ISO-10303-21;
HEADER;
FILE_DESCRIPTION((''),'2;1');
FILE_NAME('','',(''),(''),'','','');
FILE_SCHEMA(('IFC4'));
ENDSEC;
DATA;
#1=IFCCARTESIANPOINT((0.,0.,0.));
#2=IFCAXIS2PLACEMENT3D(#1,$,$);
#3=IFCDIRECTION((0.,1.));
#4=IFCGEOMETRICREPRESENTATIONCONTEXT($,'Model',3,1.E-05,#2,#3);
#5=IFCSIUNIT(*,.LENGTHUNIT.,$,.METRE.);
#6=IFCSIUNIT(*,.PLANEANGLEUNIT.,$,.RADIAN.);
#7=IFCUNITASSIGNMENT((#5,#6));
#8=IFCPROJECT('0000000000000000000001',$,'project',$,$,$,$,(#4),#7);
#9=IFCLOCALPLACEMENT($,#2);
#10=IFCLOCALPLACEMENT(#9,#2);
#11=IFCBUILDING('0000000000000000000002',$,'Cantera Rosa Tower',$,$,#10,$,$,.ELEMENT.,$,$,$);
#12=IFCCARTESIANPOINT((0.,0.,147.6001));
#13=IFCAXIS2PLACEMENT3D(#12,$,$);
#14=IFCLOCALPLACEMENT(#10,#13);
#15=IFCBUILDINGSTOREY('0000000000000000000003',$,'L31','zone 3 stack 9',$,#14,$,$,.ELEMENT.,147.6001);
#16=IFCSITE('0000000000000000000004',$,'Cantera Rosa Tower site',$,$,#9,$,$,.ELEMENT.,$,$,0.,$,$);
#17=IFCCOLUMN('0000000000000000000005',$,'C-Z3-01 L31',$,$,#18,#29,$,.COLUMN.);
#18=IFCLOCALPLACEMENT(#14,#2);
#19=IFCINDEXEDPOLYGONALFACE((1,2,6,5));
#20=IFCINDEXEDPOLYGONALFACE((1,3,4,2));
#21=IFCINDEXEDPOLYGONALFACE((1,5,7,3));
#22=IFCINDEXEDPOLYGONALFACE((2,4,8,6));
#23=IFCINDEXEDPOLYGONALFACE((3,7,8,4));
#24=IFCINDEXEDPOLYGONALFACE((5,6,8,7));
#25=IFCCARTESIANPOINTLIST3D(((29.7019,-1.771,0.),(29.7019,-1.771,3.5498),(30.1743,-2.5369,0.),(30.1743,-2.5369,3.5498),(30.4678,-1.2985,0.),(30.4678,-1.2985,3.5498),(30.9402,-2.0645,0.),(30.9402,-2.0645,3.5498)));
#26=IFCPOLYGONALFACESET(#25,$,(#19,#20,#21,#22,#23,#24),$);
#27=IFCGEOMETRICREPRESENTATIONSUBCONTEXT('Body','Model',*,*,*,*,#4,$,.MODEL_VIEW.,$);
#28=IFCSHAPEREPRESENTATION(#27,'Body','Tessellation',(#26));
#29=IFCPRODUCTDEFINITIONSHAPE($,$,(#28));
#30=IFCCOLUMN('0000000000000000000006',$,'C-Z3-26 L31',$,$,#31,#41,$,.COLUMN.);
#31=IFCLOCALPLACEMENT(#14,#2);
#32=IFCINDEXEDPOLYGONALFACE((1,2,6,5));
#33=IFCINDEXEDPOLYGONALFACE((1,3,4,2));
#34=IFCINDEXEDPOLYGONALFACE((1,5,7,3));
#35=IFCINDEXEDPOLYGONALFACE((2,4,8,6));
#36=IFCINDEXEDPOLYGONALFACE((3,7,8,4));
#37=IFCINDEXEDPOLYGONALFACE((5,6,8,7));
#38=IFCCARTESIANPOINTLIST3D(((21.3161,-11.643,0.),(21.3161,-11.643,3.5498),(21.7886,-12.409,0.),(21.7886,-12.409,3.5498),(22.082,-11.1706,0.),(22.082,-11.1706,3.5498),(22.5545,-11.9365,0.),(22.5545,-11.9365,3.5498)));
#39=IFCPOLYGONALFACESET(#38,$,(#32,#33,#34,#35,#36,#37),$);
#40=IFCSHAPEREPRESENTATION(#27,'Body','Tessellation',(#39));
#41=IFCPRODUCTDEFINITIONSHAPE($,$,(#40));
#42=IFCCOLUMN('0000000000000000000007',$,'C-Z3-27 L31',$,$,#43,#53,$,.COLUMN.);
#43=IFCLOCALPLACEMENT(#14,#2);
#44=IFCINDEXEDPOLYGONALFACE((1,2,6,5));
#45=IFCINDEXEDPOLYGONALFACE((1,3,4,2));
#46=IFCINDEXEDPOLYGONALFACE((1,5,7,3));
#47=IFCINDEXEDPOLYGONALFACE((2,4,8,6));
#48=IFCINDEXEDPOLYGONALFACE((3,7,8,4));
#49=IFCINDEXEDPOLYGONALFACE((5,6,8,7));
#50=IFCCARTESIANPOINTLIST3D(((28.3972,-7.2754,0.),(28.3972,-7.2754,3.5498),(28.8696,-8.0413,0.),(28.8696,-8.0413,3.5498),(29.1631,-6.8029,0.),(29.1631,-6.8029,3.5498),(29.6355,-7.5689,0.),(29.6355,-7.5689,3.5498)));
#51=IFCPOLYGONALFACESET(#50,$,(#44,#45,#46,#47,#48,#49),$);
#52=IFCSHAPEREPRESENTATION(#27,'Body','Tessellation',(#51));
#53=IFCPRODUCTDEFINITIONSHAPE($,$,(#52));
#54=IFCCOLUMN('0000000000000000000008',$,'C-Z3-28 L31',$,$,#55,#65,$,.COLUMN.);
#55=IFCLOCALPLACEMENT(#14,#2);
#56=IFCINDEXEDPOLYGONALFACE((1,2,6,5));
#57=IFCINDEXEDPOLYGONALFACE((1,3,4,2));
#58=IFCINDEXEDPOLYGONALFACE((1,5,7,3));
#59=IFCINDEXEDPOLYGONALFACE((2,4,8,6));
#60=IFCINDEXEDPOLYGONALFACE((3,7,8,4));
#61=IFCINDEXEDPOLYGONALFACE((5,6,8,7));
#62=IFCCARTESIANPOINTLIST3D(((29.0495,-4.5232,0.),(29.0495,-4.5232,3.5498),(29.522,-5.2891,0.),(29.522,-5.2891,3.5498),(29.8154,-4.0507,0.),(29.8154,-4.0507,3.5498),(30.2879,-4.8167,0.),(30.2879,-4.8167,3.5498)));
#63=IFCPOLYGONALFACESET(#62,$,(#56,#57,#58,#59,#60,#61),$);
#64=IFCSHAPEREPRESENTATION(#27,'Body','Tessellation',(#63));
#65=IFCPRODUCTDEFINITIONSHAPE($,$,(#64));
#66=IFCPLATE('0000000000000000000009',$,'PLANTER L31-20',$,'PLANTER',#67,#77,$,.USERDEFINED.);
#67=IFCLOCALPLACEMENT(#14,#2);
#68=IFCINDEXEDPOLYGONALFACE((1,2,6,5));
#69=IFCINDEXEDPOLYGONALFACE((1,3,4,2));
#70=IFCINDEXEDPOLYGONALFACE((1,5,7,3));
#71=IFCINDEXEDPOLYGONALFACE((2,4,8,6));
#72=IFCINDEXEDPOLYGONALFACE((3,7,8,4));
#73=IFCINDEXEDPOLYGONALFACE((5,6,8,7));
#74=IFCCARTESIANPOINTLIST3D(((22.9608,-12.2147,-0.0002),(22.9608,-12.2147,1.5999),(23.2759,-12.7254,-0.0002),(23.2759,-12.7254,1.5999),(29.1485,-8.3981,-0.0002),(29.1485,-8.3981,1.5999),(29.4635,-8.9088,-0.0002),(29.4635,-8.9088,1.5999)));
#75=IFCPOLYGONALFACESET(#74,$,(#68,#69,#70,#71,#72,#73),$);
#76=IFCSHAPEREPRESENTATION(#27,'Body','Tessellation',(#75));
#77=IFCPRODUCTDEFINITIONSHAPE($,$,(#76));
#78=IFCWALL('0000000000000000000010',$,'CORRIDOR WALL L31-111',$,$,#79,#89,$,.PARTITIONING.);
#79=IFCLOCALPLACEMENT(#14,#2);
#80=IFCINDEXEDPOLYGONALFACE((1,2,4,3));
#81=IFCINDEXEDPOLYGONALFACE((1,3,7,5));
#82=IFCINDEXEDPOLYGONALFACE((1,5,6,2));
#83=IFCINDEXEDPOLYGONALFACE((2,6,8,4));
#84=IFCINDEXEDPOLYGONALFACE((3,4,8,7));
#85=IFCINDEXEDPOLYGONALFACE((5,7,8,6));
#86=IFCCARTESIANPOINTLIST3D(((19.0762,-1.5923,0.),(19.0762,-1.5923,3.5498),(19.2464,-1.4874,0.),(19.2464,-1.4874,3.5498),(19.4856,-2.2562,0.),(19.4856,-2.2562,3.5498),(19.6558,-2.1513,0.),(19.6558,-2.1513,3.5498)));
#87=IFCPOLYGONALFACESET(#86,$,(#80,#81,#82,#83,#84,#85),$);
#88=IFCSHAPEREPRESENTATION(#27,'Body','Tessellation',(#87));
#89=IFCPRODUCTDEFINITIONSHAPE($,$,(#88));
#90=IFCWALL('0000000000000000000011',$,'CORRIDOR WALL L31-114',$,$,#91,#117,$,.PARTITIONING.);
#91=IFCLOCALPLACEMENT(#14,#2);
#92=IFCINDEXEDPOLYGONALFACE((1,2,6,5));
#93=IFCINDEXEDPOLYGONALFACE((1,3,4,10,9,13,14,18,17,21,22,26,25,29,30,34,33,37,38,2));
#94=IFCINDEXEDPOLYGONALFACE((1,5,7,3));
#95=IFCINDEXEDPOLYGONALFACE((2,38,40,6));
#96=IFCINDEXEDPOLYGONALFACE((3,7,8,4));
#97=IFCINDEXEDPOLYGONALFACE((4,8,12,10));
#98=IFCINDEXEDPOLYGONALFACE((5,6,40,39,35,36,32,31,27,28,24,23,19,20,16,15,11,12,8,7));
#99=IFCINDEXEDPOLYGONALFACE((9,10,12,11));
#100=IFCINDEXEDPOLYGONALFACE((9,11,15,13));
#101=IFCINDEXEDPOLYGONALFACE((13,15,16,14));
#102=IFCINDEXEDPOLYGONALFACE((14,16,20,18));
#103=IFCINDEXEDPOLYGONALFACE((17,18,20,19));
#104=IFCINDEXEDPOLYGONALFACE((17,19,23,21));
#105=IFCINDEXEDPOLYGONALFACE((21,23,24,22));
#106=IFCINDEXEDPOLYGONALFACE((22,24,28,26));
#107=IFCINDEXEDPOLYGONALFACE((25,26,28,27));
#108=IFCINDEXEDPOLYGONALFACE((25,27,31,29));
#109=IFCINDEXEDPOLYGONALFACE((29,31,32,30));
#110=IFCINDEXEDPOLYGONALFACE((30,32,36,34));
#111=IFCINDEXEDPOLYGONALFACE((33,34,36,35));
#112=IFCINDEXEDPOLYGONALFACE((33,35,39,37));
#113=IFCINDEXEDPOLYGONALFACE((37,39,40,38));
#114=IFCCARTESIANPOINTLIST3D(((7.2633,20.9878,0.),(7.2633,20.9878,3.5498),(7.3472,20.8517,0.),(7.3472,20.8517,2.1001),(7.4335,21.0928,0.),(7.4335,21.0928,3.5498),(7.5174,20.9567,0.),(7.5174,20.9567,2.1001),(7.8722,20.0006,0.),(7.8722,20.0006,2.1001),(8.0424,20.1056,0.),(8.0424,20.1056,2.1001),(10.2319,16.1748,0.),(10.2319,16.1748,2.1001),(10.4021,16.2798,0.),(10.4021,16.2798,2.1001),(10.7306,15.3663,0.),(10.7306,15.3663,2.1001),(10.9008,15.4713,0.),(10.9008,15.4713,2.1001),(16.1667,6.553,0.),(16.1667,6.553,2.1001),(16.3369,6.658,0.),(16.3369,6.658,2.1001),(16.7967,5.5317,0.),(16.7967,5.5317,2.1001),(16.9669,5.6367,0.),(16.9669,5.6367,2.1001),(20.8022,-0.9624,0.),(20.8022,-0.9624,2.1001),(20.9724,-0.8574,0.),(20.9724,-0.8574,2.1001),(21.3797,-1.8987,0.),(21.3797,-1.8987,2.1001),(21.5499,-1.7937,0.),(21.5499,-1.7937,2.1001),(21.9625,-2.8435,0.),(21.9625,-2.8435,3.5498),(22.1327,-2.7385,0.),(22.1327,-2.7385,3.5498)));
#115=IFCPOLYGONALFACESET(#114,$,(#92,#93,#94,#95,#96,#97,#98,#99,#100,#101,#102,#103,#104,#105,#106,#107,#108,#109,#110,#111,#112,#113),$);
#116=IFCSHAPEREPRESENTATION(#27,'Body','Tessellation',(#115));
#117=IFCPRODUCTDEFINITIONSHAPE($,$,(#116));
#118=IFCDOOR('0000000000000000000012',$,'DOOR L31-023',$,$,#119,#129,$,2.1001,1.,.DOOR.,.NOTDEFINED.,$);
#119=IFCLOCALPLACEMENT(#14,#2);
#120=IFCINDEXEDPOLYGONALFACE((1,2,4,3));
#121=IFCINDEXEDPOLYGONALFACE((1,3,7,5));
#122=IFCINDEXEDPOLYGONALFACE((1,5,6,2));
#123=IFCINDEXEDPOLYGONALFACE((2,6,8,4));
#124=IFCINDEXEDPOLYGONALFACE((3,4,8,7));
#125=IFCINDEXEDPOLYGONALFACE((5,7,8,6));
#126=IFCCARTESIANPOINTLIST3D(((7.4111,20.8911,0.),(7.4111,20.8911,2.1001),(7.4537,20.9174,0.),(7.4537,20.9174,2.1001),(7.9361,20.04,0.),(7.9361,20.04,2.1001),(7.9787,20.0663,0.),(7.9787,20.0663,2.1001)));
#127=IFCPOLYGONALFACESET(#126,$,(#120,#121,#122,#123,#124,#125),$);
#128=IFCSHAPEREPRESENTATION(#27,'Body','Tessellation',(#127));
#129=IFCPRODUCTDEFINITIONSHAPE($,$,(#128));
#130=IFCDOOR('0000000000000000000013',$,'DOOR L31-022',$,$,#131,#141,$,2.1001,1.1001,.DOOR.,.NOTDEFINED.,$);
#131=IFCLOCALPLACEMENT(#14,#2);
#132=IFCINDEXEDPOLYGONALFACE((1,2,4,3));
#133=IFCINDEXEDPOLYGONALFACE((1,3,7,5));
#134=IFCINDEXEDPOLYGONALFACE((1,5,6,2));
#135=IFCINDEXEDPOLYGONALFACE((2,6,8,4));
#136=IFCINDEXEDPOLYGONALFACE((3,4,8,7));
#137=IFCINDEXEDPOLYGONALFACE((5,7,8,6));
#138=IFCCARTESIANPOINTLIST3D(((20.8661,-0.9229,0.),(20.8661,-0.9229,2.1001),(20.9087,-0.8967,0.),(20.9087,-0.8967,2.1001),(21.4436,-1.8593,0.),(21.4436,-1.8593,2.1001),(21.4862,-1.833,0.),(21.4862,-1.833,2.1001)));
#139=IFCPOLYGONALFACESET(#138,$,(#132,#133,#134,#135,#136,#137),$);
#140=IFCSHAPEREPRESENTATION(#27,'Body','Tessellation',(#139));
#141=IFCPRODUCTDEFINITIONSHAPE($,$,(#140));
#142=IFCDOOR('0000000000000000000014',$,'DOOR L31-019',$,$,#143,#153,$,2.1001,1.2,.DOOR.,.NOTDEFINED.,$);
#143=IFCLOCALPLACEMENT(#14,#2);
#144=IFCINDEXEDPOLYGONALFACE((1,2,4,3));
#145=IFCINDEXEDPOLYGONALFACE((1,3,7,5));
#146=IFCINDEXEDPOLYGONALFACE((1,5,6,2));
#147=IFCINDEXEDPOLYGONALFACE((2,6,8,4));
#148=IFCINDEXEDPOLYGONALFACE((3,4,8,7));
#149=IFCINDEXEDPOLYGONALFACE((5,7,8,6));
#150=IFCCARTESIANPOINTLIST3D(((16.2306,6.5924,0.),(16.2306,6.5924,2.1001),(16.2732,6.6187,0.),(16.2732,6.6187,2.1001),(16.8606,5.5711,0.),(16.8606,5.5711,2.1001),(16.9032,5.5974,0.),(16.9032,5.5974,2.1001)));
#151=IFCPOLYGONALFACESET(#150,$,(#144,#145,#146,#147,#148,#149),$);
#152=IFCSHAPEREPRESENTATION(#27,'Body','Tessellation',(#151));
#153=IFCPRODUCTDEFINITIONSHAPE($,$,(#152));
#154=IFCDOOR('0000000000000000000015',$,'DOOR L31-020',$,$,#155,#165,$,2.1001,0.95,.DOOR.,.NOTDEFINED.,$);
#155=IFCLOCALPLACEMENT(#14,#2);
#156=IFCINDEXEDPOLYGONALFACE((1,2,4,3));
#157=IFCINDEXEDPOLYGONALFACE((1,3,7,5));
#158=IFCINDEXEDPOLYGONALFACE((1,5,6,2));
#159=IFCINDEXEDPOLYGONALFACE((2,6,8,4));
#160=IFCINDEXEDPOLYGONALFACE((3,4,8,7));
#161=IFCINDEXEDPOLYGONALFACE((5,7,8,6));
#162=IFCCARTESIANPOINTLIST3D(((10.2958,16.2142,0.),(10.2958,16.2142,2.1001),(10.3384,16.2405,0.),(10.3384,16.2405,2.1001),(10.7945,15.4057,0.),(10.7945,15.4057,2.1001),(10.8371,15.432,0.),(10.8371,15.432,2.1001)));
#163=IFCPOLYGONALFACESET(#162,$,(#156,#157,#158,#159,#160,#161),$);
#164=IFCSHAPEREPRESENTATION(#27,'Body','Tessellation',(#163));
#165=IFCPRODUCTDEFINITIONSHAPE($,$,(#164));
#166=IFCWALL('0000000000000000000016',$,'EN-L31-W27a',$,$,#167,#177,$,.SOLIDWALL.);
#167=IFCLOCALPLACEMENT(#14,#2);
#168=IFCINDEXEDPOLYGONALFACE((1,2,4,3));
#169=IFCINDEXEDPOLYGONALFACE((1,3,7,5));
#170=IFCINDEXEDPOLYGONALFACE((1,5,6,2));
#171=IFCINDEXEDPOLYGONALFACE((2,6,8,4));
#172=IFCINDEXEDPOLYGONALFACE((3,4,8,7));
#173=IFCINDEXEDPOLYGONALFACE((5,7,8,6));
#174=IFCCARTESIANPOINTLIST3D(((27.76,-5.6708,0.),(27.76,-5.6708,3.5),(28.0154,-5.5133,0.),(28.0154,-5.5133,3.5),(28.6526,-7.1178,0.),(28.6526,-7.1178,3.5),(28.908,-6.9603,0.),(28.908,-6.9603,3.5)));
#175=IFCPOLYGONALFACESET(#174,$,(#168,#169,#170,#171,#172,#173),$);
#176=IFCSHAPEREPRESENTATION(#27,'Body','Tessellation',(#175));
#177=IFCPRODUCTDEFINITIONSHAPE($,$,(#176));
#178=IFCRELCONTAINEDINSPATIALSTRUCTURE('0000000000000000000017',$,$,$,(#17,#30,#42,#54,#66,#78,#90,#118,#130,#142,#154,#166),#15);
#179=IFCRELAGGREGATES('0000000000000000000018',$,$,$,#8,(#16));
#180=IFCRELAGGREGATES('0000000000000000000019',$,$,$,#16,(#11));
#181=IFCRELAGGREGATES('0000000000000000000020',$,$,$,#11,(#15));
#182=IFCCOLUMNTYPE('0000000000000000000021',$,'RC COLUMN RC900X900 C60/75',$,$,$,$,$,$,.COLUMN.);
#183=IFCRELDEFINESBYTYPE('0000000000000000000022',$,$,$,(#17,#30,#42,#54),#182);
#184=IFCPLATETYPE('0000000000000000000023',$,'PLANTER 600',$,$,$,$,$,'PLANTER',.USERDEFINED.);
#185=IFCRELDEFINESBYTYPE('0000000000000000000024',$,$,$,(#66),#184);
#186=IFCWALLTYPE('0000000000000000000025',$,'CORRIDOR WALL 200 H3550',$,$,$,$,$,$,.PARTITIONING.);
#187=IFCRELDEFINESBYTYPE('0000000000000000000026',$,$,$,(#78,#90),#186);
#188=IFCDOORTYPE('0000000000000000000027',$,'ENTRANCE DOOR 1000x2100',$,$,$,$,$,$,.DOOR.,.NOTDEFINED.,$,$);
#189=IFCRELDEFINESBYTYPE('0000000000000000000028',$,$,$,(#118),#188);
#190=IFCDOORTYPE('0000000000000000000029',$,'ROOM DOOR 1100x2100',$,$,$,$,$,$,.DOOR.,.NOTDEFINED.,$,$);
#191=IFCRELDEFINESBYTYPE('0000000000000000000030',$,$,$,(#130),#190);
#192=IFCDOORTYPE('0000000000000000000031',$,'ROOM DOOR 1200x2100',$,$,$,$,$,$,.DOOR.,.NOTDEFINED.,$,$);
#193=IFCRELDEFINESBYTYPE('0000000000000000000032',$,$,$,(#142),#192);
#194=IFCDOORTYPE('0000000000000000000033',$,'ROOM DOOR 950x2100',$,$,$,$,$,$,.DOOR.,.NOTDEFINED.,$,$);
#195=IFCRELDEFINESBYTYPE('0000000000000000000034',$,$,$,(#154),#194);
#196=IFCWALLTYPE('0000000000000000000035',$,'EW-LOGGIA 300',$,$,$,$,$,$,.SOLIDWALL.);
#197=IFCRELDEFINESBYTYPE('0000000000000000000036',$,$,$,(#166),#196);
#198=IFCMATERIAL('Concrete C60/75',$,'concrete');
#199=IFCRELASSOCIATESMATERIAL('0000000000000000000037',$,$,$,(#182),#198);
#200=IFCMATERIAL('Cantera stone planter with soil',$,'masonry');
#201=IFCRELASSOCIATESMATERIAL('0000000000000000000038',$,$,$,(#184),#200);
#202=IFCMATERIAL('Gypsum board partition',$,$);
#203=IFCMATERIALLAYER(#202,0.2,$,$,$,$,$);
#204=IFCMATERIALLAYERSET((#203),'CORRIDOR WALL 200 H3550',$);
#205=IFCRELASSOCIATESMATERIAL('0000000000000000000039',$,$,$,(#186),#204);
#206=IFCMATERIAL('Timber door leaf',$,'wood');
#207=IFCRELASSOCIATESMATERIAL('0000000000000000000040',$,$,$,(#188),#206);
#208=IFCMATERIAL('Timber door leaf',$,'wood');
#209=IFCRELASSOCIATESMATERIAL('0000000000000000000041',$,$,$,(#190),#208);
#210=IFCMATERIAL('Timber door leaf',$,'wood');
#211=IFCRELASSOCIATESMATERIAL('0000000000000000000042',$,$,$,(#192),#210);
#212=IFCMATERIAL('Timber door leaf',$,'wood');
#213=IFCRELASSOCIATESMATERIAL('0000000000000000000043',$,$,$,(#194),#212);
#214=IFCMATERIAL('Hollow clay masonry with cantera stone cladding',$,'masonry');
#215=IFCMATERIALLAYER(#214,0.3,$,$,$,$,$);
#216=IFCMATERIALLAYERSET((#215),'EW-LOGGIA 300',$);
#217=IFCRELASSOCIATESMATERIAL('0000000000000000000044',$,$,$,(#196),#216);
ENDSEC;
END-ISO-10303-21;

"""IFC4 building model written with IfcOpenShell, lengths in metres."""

from ifc_helpers import new_model, si_unit, direction, frame, frame_2d, origin, origin_2d, place, context, subcontext, project, spatial, rectangle, extrude, material, layer, layer_set, material_profile, profile_set, type_object, element, fill, save


model = new_model("IFC4")

# Units and contexts
model_context = context("Model", 3, precision=1e-05, world=origin(), true_north=direction((0.0, 1.0)))
body_context = subcontext(model_context, "Body", "Model", "MODEL_VIEW")
ifc_project = project(units=[si_unit("LENGTHUNIT", "METRE"), si_unit("PLANEANGLEUNIT", "RADIAN")], contexts=[model_context])

# Site, building, storey
site_placement = place(None, origin())
site = spatial("IfcSite", under=ifc_project, at=site_placement, Name="Cantera Rosa Tower site", CompositionType="ELEMENT", RefElevation=0.0)
building_placement = place(site_placement, origin())
building = spatial("IfcBuilding", under=site, at=building_placement, Name="Cantera Rosa Tower", CompositionType="ELEMENT")
storey_placement = place(building_placement, frame((0.0, 0.0, 147.6001)))
storey = spatial("IfcBuildingStorey", under=building, at=storey_placement, Name="L31", Description="zone 3 stack 9", CompositionType="ELEMENT", Elevation=147.6001)

# Columns
ifc_material_1 = material(Name="Concrete C60/75", Category="concrete")
ifc_material_profile = material_profile(ifc_material_1, rectangle(XDim=0.8999, YDim=0.8999, at=origin_2d()), Name="RC COLUMN RC900X900 C60/75")
ifc_profile_set = profile_set([ifc_material_profile], Name="Concrete C60/75")
column_type = type_object("IfcColumnType", Name="RC COLUMN RC900X900 C60/75", PredefinedType="COLUMN", material=ifc_profile_set)
for number, where, z_axis, x_axis, name in (
    (1, (30.321, -1.9177, 0.0), (0.0, 0.0, 1.0), (0.851117, 0.524977, 0.0), "C-Z3-01 L31"),
    (2, (21.9353, -11.7898, 0.0), (0.0, 0.0, 1.0), (0.851117, 0.524977, 0.0), "C-Z3-26 L31"),
    (3, (29.0164, -7.4221, 0.0), (0.0, 0.0, 1.0), (0.851117, 0.524977, 0.0), "C-Z3-27 L31"),
    (4, (29.6687, -4.6699, 0.0), (0.0, 0.0, 1.0), (0.851117, 0.524977, 0.0), "C-Z3-28 L31"),
):
    element("IfcColumn", number, at=place(storey_placement, frame(where, z_axis=z_axis, x_axis=x_axis)), inside=storey, type_object=column_type, Name=name, PredefinedType="COLUMN", context=body_context, shape_type="SweptSolid", body=[
        extrude(rectangle(XDim=0.8999, YDim=0.8999, at=origin_2d()), origin(), (0.0, 0.0, 1.0), 3.5498),
    ])

# Plate
ifc_material_2 = material(Name="Cantera stone planter with soil", Category="masonry")
plate_type = type_object("IfcPlateType", Name="PLANTER 600", ElementType="PLANTER", PredefinedType="USERDEFINED", material=ifc_material_2)
plate_placement = place(storey_placement, frame((26.2122, -10.5618, -0.0002), z_axis=(0.0, 0.0, 1.0), x_axis=(0.851117, 0.524977, 0.0)))
element("IfcPlate", 5, at=plate_placement, inside=storey, type_object=plate_type, Name="PLANTER L31-20", ObjectType="PLANTER", PredefinedType="USERDEFINED", context=body_context, shape_type="SweptSolid", body=[
    extrude(rectangle(XDim=7.27, YDim=0.6001, at=origin_2d()), origin(), (0.0, 0.0, 1.0), 1.6001),
])

# Wall
ifc_material_3 = material(Name="Gypsum board partition")
ifc_layer_1 = layer(ifc_material_3, 0.2)
ifc_layer_set_1 = layer_set([ifc_layer_1], Name="CORRIDOR WALL 200 H3550")
wall_type_1 = type_object("IfcWallType", Name="CORRIDOR WALL 200 H3550", PredefinedType="PARTITIONING", material=ifc_layer_set_1)
wall_1_placement = place(storey_placement, frame((19.5708, -2.2039, 0.0), z_axis=(0.0, 0.0, 1.0), x_axis=(-0.524953, 0.851131, 0.0)))
element("IfcWall", 6, at=wall_1_placement, inside=storey, type_object=wall_type_1, Name="CORRIDOR WALL L31-111", PredefinedType="PARTITIONING", context=body_context, shape_type="SweptSolid", body=[
    extrude(rectangle(XDim=0.78, YDim=0.2, at=frame_2d((0.3901, 0.0))), origin(), (0.0, 0.0, 1.0), 3.5498),
])

# Wall, openings, doors
wall_2_placement = place(storey_placement, frame((22.0476, -2.791, 0.0), z_axis=(0.0, 0.0, 1.0), x_axis=(-0.524973, 0.851119, 0.0)))
wall_2 = element("IfcWall", 7, at=wall_2_placement, inside=storey, type_object=wall_type_1, Name="CORRIDOR WALL L31-114", PredefinedType="PARTITIONING", context=body_context, shape_type="SweptSolid", body=[
    extrude(rectangle(XDim=28.0, YDim=0.2, at=frame_2d((14.0, 0.0))), origin(), (0.0, 0.0, 1.0), 3.5498),
])
opening_1_placement = place(wall_2_placement, frame((9.8401, 0.0, 0.0)))
opening_1 = element("IfcOpeningElement", 8, at=opening_1_placement, cuts=wall_2, PredefinedType="OPENING", context=body_context, shape_type="SweptSolid", body=[
    extrude(rectangle(XDim=1.2, YDim=2.1001, at=frame_2d((0.6001, 1.05))), frame((0.0, 0.1099, 0.0), z_axis=(0.0, -1.0, 0.0), x_axis=(1.0, 0.0, 0.0)), (0.0, 0.0, 1.0), 0.22),
])
opening_2_placement = place(wall_2_placement, frame((21.395, 0.0, 0.0)))
opening_2 = element("IfcOpeningElement", 9, at=opening_2_placement, cuts=wall_2, PredefinedType="OPENING", context=body_context, shape_type="SweptSolid", body=[
    extrude(rectangle(XDim=0.95, YDim=2.1001, at=frame_2d((0.4751, 1.05))), frame((0.0, 0.1099, 0.0), z_axis=(0.0, -1.0, 0.0), x_axis=(1.0, 0.0, 0.0)), (0.0, 0.0, 1.0), 0.22),
])
opening_3_placement = place(wall_2_placement, frame((1.1101, 0.0, 0.0)))
opening_3 = element("IfcOpeningElement", 10, at=opening_3_placement, cuts=wall_2, PredefinedType="OPENING", context=body_context, shape_type="SweptSolid", body=[
    extrude(rectangle(XDim=1.1001, YDim=2.1001, at=frame_2d((0.55, 1.05))), frame((0.0, 0.1099, 0.0), z_axis=(0.0, -1.0, 0.0), x_axis=(1.0, 0.0, 0.0)), (0.0, 0.0, 1.0), 0.22),
])
opening_4_placement = place(wall_2_placement, frame((26.8401, 0.0, 0.0)))
opening_4 = element("IfcOpeningElement", 11, at=opening_4_placement, cuts=wall_2, PredefinedType="OPENING", context=body_context, shape_type="SweptSolid", body=[
    extrude(rectangle(XDim=1.0, YDim=2.1001, at=frame_2d((0.5, 1.05))), frame((0.0, 0.1099, 0.0), z_axis=(0.0, -1.0, 0.0), x_axis=(1.0, 0.0, 0.0)), (0.0, 0.0, 1.0), 0.22),
])
ifc_material_4 = material(Name="Timber door leaf", Category="wood")
door_type_1 = type_object("IfcDoorType", Name="ENTRANCE DOOR 1000x2100", OperationType="NOTDEFINED", PredefinedType="DOOR", material=ifc_material_4)
door_1_placement = place(opening_4_placement, origin())
door_1 = element("IfcDoor", 12, at=door_1_placement, inside=storey, type_object=door_type_1, Name="DOOR L31-023", OperationType="NOTDEFINED", OverallHeight=2.1001, OverallWidth=1.0, PredefinedType="DOOR", context=body_context, shape_type="SweptSolid", body=[
    extrude(rectangle(XDim=1.0, YDim=2.1001, at=frame_2d((0.5, 1.05))), frame((0.0, 0.0249, 0.0), z_axis=(0.0, -1.0, 0.0), x_axis=(1.0, 0.0, 0.0)), (0.0, 0.0, 1.0), 0.05),
])
fill(opening_4, door_1)
ifc_material_5 = material(Name="Timber door leaf", Category="wood")
door_type_2 = type_object("IfcDoorType", Name="ROOM DOOR 1100x2100", OperationType="NOTDEFINED", PredefinedType="DOOR", material=ifc_material_5)
door_2_placement = place(opening_3_placement, origin())
door_2 = element("IfcDoor", 13, at=door_2_placement, inside=storey, type_object=door_type_2, Name="DOOR L31-022", OperationType="NOTDEFINED", OverallHeight=2.1001, OverallWidth=1.1001, PredefinedType="DOOR", context=body_context, shape_type="SweptSolid", body=[
    extrude(rectangle(XDim=1.1001, YDim=2.1001, at=frame_2d((0.55, 1.05))), frame((0.0, 0.0249, 0.0), z_axis=(0.0, -1.0, 0.0), x_axis=(1.0, 0.0, 0.0)), (0.0, 0.0, 1.0), 0.05),
])
fill(opening_3, door_2)
ifc_material_6 = material(Name="Timber door leaf", Category="wood")
door_type_3 = type_object("IfcDoorType", Name="ROOM DOOR 1200x2100", OperationType="NOTDEFINED", PredefinedType="DOOR", material=ifc_material_6)
door_3_placement = place(opening_1_placement, origin())
door_3 = element("IfcDoor", 14, at=door_3_placement, inside=storey, type_object=door_type_3, Name="DOOR L31-019", OperationType="NOTDEFINED", OverallHeight=2.1001, OverallWidth=1.2, PredefinedType="DOOR", context=body_context, shape_type="SweptSolid", body=[
    extrude(rectangle(XDim=1.2, YDim=2.1001, at=frame_2d((0.6001, 1.05))), frame((0.0, 0.0249, 0.0), z_axis=(0.0, -1.0, 0.0), x_axis=(1.0, 0.0, 0.0)), (0.0, 0.0, 1.0), 0.05),
])
fill(opening_1, door_3)
ifc_material_7 = material(Name="Timber door leaf", Category="wood")
door_type_4 = type_object("IfcDoorType", Name="ROOM DOOR 950x2100", OperationType="NOTDEFINED", PredefinedType="DOOR", material=ifc_material_7)
door_4_placement = place(opening_2_placement, origin())
door_4 = element("IfcDoor", 15, at=door_4_placement, inside=storey, type_object=door_type_4, Name="DOOR L31-020", OperationType="NOTDEFINED", OverallHeight=2.1001, OverallWidth=0.95, PredefinedType="DOOR", context=body_context, shape_type="SweptSolid", body=[
    extrude(rectangle(XDim=0.95, YDim=2.1001, at=frame_2d((0.4751, 1.05))), frame((0.0, 0.0249, 0.0), z_axis=(0.0, -1.0, 0.0), x_axis=(1.0, 0.0, 0.0)), (0.0, 0.0, 1.0), 0.05),
])
fill(opening_2, door_4)

# Wall
ifc_material_8 = material(Name="Hollow clay masonry with cantera stone cladding", Category="masonry")
ifc_layer_2 = layer(ifc_material_8, 0.3)
ifc_layer_set_2 = layer_set([ifc_layer_2], Name="EW-LOGGIA 300")
wall_type_2 = type_object("IfcWallType", Name="EW-LOGGIA 300", PredefinedType="SOLIDWALL", material=ifc_layer_set_2)
wall_3_placement = place(storey_placement, frame((28.7803, -7.0391, 0.0), z_axis=(0.0, 0.0, 1.0), x_axis=(-0.524994, 0.851106, 0.0)))
element("IfcWall", 16, at=wall_3_placement, inside=storey, type_object=wall_type_2, Name="EN-L31-W27a", PredefinedType="SOLIDWALL", context=body_context, shape_type="SweptSolid", body=[
    extrude(rectangle(XDim=1.7002, YDim=0.3, at=frame_2d((0.8501, 0.0))), origin(), (0.0, 0.0, 1.0), 3.5),
])

save(model, "model.ifc")
